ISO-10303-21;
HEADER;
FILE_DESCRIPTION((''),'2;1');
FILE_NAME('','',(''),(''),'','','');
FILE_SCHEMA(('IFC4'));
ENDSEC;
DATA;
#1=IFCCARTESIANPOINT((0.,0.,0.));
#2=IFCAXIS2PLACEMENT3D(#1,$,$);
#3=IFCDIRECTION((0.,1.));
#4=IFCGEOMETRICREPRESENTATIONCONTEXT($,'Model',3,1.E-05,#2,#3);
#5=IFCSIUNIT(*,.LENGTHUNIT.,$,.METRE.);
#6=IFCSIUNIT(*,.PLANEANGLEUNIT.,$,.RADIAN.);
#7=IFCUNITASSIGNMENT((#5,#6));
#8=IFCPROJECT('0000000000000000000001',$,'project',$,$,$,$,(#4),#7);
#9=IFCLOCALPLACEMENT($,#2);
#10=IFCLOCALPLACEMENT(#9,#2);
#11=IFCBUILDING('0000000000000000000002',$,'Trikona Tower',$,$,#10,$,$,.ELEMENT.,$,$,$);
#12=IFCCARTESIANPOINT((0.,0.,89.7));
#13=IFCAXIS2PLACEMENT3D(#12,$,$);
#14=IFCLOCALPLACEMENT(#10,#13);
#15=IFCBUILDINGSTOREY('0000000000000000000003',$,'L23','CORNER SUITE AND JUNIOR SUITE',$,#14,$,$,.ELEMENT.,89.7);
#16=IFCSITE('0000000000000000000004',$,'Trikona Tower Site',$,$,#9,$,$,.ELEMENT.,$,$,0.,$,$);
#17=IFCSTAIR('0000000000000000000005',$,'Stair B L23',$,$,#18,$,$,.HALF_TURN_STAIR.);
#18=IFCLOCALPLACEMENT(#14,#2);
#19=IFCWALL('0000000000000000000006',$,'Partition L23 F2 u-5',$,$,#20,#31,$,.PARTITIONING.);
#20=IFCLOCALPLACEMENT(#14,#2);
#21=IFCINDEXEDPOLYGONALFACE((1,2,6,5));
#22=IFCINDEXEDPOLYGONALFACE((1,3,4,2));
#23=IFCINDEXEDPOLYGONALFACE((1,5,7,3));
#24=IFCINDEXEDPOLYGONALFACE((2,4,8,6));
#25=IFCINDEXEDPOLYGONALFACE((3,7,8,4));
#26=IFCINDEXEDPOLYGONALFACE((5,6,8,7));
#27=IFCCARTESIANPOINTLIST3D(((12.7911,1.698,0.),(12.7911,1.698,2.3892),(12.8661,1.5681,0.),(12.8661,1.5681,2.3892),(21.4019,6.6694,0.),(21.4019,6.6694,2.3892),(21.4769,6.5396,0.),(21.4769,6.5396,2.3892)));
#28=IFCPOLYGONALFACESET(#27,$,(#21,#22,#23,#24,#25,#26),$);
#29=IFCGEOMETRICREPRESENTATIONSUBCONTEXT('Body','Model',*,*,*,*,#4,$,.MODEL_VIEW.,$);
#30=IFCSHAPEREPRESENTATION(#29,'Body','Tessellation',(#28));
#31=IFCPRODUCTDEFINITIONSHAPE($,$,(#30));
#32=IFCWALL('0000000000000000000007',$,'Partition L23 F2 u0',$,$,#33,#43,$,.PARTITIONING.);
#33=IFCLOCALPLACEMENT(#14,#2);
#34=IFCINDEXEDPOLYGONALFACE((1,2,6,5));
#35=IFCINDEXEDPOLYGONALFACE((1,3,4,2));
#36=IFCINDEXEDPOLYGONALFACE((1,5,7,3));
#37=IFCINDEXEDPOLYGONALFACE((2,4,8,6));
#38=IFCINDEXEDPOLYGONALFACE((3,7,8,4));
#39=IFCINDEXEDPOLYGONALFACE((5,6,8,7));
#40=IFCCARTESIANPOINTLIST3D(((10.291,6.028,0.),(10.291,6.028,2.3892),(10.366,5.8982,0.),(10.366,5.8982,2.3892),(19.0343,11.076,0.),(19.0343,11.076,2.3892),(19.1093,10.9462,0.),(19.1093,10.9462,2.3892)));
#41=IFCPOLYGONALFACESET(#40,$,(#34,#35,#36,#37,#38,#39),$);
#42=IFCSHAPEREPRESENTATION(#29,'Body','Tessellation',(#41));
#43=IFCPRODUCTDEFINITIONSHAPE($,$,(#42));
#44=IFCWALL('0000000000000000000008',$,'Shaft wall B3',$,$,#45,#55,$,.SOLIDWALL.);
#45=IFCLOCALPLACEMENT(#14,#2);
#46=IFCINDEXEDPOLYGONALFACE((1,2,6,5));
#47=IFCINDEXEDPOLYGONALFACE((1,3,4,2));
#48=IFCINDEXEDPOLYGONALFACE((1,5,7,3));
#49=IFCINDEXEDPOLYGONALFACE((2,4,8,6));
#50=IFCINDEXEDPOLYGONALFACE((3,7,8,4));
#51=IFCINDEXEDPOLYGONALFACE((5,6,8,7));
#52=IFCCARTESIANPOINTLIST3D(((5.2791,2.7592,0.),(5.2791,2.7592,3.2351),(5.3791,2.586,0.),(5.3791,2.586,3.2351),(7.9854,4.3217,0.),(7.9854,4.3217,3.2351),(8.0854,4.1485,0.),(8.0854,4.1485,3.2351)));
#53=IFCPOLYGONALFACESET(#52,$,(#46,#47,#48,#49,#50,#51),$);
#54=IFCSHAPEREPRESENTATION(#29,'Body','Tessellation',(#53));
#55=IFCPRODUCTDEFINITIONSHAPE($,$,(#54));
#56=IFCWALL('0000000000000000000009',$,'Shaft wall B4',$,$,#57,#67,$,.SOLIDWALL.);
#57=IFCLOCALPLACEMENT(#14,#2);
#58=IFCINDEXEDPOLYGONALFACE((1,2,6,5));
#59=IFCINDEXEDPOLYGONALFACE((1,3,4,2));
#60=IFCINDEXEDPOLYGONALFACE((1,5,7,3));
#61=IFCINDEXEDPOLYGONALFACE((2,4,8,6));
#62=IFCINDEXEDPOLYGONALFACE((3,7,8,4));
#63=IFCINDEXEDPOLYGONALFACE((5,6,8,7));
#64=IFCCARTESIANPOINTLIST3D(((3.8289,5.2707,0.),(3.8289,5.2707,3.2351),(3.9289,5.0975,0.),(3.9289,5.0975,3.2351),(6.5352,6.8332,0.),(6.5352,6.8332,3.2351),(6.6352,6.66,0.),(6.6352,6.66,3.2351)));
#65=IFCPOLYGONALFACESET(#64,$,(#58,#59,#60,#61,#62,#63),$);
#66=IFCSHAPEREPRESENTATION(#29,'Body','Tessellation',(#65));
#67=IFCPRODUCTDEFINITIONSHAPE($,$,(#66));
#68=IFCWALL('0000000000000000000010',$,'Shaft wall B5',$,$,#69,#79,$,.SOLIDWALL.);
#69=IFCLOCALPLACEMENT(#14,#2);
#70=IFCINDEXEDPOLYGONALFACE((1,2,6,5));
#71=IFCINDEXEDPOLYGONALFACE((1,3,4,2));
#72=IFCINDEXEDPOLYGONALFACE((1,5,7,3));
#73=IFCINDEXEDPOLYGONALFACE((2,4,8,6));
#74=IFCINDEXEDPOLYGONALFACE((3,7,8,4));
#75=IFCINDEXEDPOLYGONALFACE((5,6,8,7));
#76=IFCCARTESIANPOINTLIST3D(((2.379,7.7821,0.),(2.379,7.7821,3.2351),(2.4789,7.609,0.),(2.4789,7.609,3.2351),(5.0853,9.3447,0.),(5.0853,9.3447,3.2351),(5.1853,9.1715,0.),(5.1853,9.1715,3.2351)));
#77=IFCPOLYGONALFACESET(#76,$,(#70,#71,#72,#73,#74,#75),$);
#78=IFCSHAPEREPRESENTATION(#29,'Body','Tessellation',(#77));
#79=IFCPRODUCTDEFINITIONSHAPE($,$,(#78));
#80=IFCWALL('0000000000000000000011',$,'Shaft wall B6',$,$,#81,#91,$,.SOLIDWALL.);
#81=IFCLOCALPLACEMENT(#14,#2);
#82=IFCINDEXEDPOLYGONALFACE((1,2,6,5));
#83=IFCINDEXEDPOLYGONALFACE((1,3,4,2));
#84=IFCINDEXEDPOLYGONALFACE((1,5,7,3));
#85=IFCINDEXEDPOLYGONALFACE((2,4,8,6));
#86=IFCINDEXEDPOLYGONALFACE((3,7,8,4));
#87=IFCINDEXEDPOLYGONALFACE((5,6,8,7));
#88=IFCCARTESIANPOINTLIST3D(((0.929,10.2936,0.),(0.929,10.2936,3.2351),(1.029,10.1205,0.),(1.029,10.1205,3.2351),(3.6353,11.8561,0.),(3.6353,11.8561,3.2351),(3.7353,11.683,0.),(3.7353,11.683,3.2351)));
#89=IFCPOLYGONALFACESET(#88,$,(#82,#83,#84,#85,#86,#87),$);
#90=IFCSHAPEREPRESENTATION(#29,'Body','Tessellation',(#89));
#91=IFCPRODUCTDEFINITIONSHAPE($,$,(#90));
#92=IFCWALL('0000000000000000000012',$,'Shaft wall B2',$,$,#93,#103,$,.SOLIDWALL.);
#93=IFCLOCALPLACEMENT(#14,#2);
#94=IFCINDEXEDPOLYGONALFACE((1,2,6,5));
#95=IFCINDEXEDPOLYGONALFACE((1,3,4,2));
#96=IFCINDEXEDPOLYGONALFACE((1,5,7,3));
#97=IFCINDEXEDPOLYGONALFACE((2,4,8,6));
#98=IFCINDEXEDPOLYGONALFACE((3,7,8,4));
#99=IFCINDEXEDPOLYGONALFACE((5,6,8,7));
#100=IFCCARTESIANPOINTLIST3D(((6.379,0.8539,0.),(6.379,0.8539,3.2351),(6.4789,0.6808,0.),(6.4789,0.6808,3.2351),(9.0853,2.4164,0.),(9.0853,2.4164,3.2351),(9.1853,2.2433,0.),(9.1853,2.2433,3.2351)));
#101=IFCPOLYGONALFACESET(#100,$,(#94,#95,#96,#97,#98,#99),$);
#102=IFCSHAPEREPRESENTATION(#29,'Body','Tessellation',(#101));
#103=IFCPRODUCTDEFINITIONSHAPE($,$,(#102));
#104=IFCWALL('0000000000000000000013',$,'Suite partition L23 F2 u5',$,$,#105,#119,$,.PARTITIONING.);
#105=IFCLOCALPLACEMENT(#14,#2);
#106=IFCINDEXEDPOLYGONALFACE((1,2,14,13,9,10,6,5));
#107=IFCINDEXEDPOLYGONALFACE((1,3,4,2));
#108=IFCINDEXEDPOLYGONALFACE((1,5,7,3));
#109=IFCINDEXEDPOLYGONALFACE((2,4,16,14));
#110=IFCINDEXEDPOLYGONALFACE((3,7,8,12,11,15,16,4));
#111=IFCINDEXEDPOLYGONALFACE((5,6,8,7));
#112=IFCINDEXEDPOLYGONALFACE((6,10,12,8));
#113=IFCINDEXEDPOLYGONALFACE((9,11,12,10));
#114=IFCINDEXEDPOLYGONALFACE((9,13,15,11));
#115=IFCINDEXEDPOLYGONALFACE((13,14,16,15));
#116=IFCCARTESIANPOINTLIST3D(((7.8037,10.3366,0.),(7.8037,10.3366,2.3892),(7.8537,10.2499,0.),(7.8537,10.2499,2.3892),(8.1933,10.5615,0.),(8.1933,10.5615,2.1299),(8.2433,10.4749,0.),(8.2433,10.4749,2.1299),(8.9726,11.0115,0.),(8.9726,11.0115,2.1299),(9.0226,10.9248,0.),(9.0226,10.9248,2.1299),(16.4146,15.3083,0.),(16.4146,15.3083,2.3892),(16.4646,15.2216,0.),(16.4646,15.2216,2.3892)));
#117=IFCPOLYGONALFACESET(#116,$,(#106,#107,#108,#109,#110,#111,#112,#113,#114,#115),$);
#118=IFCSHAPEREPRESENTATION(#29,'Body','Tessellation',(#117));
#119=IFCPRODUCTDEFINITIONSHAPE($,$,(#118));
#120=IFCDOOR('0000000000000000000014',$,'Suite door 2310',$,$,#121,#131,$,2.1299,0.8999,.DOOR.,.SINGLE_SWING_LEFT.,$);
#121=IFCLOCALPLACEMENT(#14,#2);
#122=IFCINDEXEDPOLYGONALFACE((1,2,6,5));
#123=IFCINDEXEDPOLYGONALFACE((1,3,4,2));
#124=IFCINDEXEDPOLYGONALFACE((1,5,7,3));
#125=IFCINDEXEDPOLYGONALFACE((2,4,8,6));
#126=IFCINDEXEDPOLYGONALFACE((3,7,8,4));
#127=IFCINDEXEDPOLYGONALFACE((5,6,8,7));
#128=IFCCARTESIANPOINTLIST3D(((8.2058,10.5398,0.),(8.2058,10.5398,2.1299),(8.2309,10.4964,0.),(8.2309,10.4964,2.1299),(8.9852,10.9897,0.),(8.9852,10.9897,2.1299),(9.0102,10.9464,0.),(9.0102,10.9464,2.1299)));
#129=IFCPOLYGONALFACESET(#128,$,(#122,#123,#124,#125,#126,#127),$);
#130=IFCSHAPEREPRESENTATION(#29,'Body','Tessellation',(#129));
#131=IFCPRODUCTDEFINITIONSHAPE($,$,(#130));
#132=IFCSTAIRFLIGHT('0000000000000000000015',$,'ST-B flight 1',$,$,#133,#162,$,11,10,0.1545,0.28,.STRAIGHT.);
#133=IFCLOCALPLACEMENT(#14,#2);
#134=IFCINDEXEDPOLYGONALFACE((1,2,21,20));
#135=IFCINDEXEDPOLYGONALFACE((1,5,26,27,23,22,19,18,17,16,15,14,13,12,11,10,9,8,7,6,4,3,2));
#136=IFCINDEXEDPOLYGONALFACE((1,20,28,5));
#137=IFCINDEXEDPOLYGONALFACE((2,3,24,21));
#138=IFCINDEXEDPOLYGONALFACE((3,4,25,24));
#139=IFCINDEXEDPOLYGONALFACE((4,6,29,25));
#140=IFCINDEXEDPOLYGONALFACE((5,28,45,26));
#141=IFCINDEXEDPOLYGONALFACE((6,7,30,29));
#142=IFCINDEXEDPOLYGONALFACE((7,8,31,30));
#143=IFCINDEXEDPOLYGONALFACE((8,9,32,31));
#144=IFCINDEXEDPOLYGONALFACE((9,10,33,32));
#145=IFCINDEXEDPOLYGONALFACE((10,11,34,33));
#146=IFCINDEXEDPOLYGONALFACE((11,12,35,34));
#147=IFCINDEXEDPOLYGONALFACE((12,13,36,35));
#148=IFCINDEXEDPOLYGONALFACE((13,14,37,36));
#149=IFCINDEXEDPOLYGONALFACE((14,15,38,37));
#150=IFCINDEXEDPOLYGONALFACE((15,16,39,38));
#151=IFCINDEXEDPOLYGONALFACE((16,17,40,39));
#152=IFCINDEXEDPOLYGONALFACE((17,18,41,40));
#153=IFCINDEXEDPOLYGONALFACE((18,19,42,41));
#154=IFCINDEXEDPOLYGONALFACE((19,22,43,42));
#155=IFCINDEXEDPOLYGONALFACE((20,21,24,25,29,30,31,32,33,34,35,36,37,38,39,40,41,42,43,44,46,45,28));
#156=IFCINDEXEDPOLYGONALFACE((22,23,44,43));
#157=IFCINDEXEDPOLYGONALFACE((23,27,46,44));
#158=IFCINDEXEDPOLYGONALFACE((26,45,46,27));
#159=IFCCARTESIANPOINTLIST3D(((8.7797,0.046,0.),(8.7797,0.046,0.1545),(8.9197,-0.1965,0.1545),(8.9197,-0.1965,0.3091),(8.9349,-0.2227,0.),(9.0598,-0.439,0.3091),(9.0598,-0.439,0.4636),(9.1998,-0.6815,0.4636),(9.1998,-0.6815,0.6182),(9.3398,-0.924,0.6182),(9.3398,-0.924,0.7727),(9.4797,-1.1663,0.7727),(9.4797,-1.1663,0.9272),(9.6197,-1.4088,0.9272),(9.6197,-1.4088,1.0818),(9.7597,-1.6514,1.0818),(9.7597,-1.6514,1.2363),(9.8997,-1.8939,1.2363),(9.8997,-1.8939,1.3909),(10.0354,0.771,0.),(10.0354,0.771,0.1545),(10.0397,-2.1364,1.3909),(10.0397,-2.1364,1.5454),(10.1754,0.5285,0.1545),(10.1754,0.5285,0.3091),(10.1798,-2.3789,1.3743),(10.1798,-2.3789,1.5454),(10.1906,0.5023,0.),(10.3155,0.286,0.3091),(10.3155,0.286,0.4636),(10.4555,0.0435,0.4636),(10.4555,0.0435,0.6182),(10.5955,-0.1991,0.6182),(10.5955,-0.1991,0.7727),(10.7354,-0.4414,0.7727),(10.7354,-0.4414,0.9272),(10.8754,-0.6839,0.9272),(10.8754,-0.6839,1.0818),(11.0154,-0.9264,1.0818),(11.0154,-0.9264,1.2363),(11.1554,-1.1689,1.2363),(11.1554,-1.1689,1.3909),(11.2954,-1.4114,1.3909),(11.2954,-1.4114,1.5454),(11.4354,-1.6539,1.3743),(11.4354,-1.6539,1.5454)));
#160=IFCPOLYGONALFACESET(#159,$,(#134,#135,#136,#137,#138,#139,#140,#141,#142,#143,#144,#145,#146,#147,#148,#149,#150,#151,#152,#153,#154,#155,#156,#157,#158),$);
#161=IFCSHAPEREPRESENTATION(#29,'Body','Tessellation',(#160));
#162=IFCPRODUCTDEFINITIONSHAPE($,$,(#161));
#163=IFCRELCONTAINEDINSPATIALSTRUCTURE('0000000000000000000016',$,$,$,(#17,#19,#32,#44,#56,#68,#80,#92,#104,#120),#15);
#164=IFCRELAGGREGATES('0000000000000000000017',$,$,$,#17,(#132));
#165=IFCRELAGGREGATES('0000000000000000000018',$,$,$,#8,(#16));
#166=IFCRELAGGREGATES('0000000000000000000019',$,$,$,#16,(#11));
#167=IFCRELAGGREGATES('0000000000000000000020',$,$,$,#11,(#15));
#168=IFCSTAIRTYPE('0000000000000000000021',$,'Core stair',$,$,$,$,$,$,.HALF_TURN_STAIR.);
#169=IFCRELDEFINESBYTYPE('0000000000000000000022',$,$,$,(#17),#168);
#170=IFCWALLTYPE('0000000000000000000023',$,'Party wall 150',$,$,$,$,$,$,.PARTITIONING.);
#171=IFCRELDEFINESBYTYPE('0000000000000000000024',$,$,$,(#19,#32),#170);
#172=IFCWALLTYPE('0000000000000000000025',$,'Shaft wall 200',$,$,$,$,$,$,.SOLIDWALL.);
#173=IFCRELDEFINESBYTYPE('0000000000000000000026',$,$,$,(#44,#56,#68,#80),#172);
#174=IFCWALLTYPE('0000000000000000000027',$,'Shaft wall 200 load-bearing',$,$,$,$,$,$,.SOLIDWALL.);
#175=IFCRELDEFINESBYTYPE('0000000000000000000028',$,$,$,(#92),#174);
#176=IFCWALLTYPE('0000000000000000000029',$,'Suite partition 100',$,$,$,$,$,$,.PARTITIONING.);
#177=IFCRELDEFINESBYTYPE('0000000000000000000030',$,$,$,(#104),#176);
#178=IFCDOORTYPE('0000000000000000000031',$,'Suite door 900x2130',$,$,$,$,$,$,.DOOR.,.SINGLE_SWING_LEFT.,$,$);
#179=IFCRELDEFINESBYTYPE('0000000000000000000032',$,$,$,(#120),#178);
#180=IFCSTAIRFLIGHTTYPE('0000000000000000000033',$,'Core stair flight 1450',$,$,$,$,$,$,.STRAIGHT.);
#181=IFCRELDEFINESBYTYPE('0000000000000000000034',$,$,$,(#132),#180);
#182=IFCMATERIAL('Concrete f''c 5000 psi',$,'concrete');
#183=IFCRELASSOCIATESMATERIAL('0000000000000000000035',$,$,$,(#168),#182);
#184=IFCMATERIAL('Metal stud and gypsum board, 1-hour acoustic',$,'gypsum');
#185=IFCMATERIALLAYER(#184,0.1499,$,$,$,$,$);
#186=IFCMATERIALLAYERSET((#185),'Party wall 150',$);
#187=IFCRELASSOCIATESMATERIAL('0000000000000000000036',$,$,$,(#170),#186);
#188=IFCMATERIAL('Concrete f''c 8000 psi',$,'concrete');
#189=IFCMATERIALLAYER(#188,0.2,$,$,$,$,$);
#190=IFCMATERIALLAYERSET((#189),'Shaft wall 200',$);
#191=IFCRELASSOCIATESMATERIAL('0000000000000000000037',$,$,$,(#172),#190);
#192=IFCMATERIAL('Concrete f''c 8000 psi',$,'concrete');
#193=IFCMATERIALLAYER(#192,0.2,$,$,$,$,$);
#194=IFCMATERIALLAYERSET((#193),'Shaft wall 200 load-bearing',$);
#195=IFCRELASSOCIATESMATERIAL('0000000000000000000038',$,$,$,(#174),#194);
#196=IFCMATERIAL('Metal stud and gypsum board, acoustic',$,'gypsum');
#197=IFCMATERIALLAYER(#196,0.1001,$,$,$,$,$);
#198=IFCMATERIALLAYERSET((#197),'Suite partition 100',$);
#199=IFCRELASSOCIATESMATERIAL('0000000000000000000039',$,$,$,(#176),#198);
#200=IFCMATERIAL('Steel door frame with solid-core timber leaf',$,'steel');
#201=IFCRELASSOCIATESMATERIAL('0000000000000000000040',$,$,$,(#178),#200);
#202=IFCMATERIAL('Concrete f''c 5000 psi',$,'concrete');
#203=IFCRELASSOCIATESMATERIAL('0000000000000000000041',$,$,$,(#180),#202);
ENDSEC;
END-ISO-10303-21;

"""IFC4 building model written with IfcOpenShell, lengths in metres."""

from ifc_helpers import new_model, si_unit, direction, frame, frame_2d, origin, place, context, subcontext, project, spatial, polyline, rectangle, outline, extrude, material, layer, layer_set, type_object, element, fill, aggregate, save


model = new_model("IFC4")

# Units and contexts
model_context = context("Model", 3, precision=1e-05, world=origin(), true_north=direction((0.0, 1.0)))
body_context = subcontext(model_context, "Body", "Model", "MODEL_VIEW")
ifc_project = project(units=[si_unit("LENGTHUNIT", "METRE"), si_unit("PLANEANGLEUNIT", "RADIAN")], contexts=[model_context])

# Site, building, storey
site_placement = place(None, origin())
site = spatial("IfcSite", under=ifc_project, at=site_placement, Name="Trikona Tower Site", CompositionType="ELEMENT", RefElevation=0.0)
building_placement = place(site_placement, origin())
building = spatial("IfcBuilding", under=site, at=building_placement, Name="Trikona Tower", CompositionType="ELEMENT")
storey_placement = place(building_placement, frame((0.0, 0.0, 89.7)))
storey = spatial("IfcBuildingStorey", under=building, at=storey_placement, Name="L23", Description="CORNER SUITE AND JUNIOR SUITE", CompositionType="ELEMENT", Elevation=89.7)

# Stair
ifc_material_1 = material(Name="Concrete f'c 5000 psi", Category="concrete")
stair_type = type_object("IfcStairType", Name="Core stair", PredefinedType="HALF_TURN_STAIR", material=ifc_material_1)
stair_1_placement = place(storey_placement, origin())
stair_1 = element("IfcStair", 1, at=stair_1_placement, inside=storey, type_object=stair_type, Name="Stair B L23", PredefinedType="HALF_TURN_STAIR")

# Walls
ifc_material_2 = material(Name="Metal stud and gypsum board, 1-hour acoustic", Category="gypsum")
ifc_layer_1 = layer(ifc_material_2, 0.1499)
ifc_layer_set_1 = layer_set([ifc_layer_1], Name="Party wall 150")
wall_type_1 = type_object("IfcWallType", Name="Party wall 150", PredefinedType="PARTITIONING", material=ifc_layer_set_1)
wall_1_placement = place(storey_placement, frame((12.8286, 1.6331, 0.0), z_axis=(0.0, 0.0, 1.0), x_axis=(0.866027, 0.499997, 0.0)))
element("IfcWall", 2, at=wall_1_placement, inside=storey, type_object=wall_type_1, Name="Partition L23 F2 u-5", PredefinedType="PARTITIONING", context=body_context, shape_type="SweptSolid", body=[
    extrude(rectangle(XDim=9.9429, YDim=0.1499, at=frame_2d((4.9714, 0.0))), origin(), (0.0, 0.0, 1.0), 2.3892),
])
wall_2_placement = place(storey_placement, frame((10.3286, 5.9631, 0.0), z_axis=(0.0, 0.0, 1.0), x_axis=(0.866022, 0.500006, 0.0)))
element("IfcWall", 3, at=wall_2_placement, inside=storey, type_object=wall_type_1, Name="Partition L23 F2 u0", PredefinedType="PARTITIONING", context=body_context, shape_type="SweptSolid", body=[
    extrude(rectangle(XDim=10.0959, YDim=0.1499, at=frame_2d((5.0479, 0.0))), origin(), (0.0, 0.0, 1.0), 2.3892),
])
ifc_material_3 = material(Name="Concrete f'c 8000 psi", Category="concrete")
ifc_layer_2 = layer(ifc_material_3, 0.2)
ifc_layer_set_2 = layer_set([ifc_layer_2], Name="Shaft wall 200")
wall_type_2 = type_object("IfcWallType", Name="Shaft wall 200", PredefinedType="SOLIDWALL", material=ifc_layer_set_2)
for number, where, z_axis, x_axis, name in (
    (4, (5.3291, 2.6726, 0.0), (0.0, 0.0, 1.0), (0.866023, 0.500004, 0.0), "Shaft wall B3"),
    (5, (3.8789, 5.1841, 0.0), (0.0, 0.0, 1.0), (0.866023, 0.500004, 0.0), "Shaft wall B4"),
    (6, (2.429, 7.6956, 0.0), (0.0, 0.0, 1.0), (0.866023, 0.500004, 0.0), "Shaft wall B5"),
    (7, (0.979, 10.207, 0.0), (0.0, 0.0, 1.0), (0.866023, 0.500004, 0.0), "Shaft wall B6"),
):
    element("IfcWall", number, at=place(storey_placement, frame(where, z_axis=z_axis, x_axis=x_axis)), inside=storey, type_object=wall_type_2, Name=name, PredefinedType="SOLIDWALL", context=body_context, shape_type="SweptSolid", body=[
        extrude(rectangle(XDim=3.125, YDim=0.2, at=frame_2d((1.5625, 0.0))), origin(), (0.0, 0.0, 1.0), 3.2351),
    ])
ifc_material_4 = material(Name="Concrete f'c 8000 psi", Category="concrete")
ifc_layer_3 = layer(ifc_material_4, 0.2)
ifc_layer_set_3 = layer_set([ifc_layer_3], Name="Shaft wall 200 load-bearing")
wall_type_3 = type_object("IfcWallType", Name="Shaft wall 200 load-bearing", PredefinedType="SOLIDWALL", material=ifc_layer_set_3)
wall_3_placement = place(storey_placement, frame((6.429, 0.7673, 0.0), z_axis=(0.0, 0.0, 1.0), x_axis=(0.866023, 0.500004, 0.0)))
element("IfcWall", 8, at=wall_3_placement, inside=storey, type_object=wall_type_3, Name="Shaft wall B2", PredefinedType="SOLIDWALL", context=body_context, shape_type="SweptSolid", body=[
    extrude(rectangle(XDim=3.125, YDim=0.2, at=frame_2d((1.5625, 0.0))), origin(), (0.0, 0.0, 1.0), 3.2351),
])

# Wall, opening, door
ifc_material_5 = material(Name="Metal stud and gypsum board, acoustic", Category="gypsum")
ifc_layer_4 = layer(ifc_material_5, 0.1001)
ifc_layer_set_4 = layer_set([ifc_layer_4], Name="Suite partition 100")
wall_type_4 = type_object("IfcWallType", Name="Suite partition 100", PredefinedType="PARTITIONING", material=ifc_layer_set_4)
wall_4_placement = place(storey_placement, frame((7.8286, 10.2932, 0.0), z_axis=(0.0, 0.0, 1.0), x_axis=(0.866016, 0.500016, 0.0)))
wall_4 = element("IfcWall", 9, at=wall_4_placement, inside=storey, type_object=wall_type_4, Name="Suite partition L23 F2 u5", PredefinedType="PARTITIONING", context=body_context, shape_type="SweptSolid", body=[
    extrude(rectangle(XDim=9.9431, YDim=0.1001, at=frame_2d((4.9717, 0.0))), origin(), (0.0, 0.0, 1.0), 2.3892),
])
opening_1_placement = place(wall_4_placement, frame((0.45, 0.0, 0.0)))
opening_1 = element("IfcOpeningElement", 10, at=opening_1_placement, cuts=wall_4, PredefinedType="OPENING", context=body_context, shape_type="SweptSolid", body=[
    extrude(rectangle(XDim=0.8999, YDim=2.1299, at=frame_2d((0.45, 1.0649))), frame((0.0, 0.0601, 0.0), z_axis=(0.0, -1.0, 0.0), x_axis=(1.0, 0.0, 0.0)), (0.0, 0.0, 1.0), 0.1201),
])
ifc_material_6 = material(Name="Steel door frame with solid-core timber leaf", Category="steel")
door_type_1 = type_object("IfcDoorType", Name="Suite door 900x2130", OperationType="SINGLE_SWING_LEFT", PredefinedType="DOOR", material=ifc_material_6)
door_1_placement = place(opening_1_placement, origin())
door_1 = element("IfcDoor", 11, at=door_1_placement, inside=storey, type_object=door_type_1, Name="Suite door 2310", OperationType="SINGLE_SWING_LEFT", OverallHeight=2.1299, OverallWidth=0.8999, PredefinedType="DOOR", context=body_context, shape_type="SweptSolid", body=[
    extrude(rectangle(XDim=0.8999, YDim=2.1299, at=frame_2d((0.45, 1.0649))), frame((0.0, 0.0249, 0.0), z_axis=(0.0, -1.0, 0.0), x_axis=(1.0, 0.0, 0.0)), (0.0, 0.0, 1.0), 0.05),
])
fill(opening_1, door_1)

# Stair flight
ifc_material_7 = material(Name="Concrete f'c 5000 psi", Category="concrete")
stair_flight_type = type_object("IfcStairFlightType", Name="Core stair flight 1450", PredefinedType="STRAIGHT", material=ifc_material_7)
stair_flight_placement = place(storey_placement, frame((9.4075, 0.4084, 0.0), z_axis=(0.0, 0.0, 1.0), x_axis=(0.5, -0.866025, 0.0)))
stair_flight = element("IfcStairFlight", 12, at=stair_flight_placement, type_object=stair_flight_type, Name="ST-B flight 1", NumberOfRisers=11, NumberOfTreads=10, PredefinedType="STRAIGHT", RiserHeight=0.1545, TreadLength=0.28, context=body_context, shape_type="SweptSolid", body=[
    extrude(outline(polyline([(0.0, 0.0), (0.0, 0.1545), (0.28, 0.1545), (0.28, 0.3091), (0.5601, 0.3091), (0.5601, 0.4636), (0.8401, 0.4636), (0.8401, 0.6182), (1.1201, 0.6182), (1.1201, 0.7727), (1.3999, 0.7727), (1.3999, 0.9272), (1.6799, 0.9272), (1.6799, 1.0818), (1.96, 1.0818), (1.96, 1.2363), (2.24, 1.2363), (2.24, 1.3909), (2.52, 1.3909), (2.52, 1.5454), (2.8, 1.5454), (2.8, 1.7), (2.8, 1.3743), (0.3103, 0.0), (0.0, 0.0)])), frame((0.0, 0.7251, 0.0), z_axis=(0.0, -1.0, 0.0), x_axis=(1.0, 0.0, 0.0)), (0.0, 0.0, 1.0), 1.45),
])
aggregate(stair_1, [stair_flight])

save(model, "model.ifc")
